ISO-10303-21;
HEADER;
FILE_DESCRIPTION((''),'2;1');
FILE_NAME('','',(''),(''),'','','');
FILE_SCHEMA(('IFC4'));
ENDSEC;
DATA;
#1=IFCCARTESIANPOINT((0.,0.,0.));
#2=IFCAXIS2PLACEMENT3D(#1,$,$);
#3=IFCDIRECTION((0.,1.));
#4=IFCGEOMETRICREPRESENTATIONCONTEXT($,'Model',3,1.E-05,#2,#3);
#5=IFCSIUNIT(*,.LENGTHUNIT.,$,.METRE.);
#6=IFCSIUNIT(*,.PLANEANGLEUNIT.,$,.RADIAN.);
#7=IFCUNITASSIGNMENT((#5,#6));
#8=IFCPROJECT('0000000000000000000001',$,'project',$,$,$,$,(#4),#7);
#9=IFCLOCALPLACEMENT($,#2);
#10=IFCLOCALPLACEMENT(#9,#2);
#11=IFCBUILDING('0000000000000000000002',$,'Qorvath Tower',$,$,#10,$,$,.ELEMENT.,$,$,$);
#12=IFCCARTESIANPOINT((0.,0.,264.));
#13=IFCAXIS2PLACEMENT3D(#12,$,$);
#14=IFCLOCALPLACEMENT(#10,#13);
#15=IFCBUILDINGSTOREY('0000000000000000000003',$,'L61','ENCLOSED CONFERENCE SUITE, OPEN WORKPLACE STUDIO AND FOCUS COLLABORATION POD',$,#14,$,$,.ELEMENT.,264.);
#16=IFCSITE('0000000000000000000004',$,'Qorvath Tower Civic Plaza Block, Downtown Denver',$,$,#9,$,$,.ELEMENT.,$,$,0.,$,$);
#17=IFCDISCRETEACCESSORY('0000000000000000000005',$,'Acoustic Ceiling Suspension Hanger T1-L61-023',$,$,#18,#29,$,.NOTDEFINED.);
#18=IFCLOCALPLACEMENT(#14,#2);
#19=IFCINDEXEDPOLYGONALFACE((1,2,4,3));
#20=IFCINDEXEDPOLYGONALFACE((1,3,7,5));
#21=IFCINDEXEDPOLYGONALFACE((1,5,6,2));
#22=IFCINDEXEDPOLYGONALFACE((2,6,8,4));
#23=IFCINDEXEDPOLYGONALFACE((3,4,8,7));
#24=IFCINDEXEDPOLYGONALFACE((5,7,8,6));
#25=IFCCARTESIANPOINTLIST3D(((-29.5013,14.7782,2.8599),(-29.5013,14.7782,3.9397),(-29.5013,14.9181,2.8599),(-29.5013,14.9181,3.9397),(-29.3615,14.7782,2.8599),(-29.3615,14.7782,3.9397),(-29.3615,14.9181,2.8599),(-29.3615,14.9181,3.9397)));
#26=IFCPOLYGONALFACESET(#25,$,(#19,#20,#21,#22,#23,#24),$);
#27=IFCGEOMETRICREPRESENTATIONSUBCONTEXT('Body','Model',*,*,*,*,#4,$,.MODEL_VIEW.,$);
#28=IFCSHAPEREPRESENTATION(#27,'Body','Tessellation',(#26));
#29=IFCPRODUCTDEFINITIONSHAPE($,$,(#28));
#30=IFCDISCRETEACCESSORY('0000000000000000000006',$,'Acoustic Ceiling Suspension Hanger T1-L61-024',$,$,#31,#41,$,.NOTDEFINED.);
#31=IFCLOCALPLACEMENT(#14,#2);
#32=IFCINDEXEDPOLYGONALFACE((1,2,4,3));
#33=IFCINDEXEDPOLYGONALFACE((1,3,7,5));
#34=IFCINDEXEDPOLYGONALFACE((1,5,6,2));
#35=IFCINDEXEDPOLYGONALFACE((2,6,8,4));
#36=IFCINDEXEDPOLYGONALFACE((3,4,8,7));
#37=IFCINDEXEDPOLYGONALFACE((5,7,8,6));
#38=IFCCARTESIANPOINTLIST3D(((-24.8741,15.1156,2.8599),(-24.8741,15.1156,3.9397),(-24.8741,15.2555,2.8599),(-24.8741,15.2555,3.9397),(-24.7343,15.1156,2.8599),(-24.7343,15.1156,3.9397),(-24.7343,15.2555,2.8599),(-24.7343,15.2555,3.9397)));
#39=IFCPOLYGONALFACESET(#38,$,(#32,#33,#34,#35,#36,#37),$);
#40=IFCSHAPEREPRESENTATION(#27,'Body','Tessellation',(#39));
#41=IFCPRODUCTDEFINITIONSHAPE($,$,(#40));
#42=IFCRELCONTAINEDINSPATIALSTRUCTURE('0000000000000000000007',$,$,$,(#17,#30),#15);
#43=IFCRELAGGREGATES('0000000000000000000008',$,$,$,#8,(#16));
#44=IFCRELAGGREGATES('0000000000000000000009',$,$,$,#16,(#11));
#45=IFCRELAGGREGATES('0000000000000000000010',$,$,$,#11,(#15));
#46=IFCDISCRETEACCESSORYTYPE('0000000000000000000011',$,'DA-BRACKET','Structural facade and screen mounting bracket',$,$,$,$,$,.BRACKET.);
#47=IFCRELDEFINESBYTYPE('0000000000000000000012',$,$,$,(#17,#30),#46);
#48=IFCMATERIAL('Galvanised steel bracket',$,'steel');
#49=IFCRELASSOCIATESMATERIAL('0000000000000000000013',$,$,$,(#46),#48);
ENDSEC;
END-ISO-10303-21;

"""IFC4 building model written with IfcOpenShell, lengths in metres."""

from ifc_helpers import new_model, si_unit, direction, frame, origin, origin_2d, place, context, subcontext, project, spatial, rectangle, extrude, material, type_object, element, save


model = new_model("IFC4")

# Units and contexts
model_context = context("Model", 3, precision=1e-05, world=origin(), true_north=direction((0.0, 1.0)))
body_context = subcontext(model_context, "Body", "Model", "MODEL_VIEW")
ifc_project = project(units=[si_unit("LENGTHUNIT", "METRE"), si_unit("PLANEANGLEUNIT", "RADIAN")], contexts=[model_context])

# Site, building, storey
site_placement = place(None, origin())
site = spatial("IfcSite", under=ifc_project, at=site_placement, Name="Qorvath Tower Civic Plaza Block, Downtown Denver", CompositionType="ELEMENT", RefElevation=0.0)
building_placement = place(site_placement, origin())
building = spatial("IfcBuilding", under=site, at=building_placement, Name="Qorvath Tower", CompositionType="ELEMENT")
storey_placement = place(building_placement, frame((0.0, 0.0, 264.0)))
storey = spatial("IfcBuildingStorey", under=building, at=storey_placement, Name="L61", Description="ENCLOSED CONFERENCE SUITE, OPEN WORKPLACE STUDIO AND FOCUS COLLABORATION POD", CompositionType="ELEMENT", Elevation=264.0)

# Discrete accessories
ifc_material_1 = material(Name="Galvanised steel bracket", Category="steel")
discrete_accessory_type = type_object("IfcDiscreteAccessoryType", Name="DA-BRACKET", Description="Structural facade and screen mounting bracket", PredefinedType="BRACKET", material=ifc_material_1)
for number, where, z_axis, x_axis, name in (
    (1, (-29.4314, 14.8481, 2.8599), (0.0, 0.0, 1.0), (1.0, 0.0, 0.0), "Acoustic Ceiling Suspension Hanger T1-L61-023"),
    (2, (-24.8042, 15.1855, 2.8599), (0.0, 0.0, 1.0), (1.0, 0.0, 0.0), "Acoustic Ceiling Suspension Hanger T1-L61-024"),
):
    element("IfcDiscreteAccessory", number, at=place(storey_placement, frame(where, z_axis=z_axis, x_axis=x_axis)), inside=storey, type_object=discrete_accessory_type, Name=name, PredefinedType="NOTDEFINED", context=body_context, shape_type="SweptSolid", body=[
        extrude(rectangle(XDim=0.1399, YDim=0.1399, at=origin_2d()), origin(), (0.0, 0.0, 1.0), 1.0798),
    ])

save(model, "model.ifc")
